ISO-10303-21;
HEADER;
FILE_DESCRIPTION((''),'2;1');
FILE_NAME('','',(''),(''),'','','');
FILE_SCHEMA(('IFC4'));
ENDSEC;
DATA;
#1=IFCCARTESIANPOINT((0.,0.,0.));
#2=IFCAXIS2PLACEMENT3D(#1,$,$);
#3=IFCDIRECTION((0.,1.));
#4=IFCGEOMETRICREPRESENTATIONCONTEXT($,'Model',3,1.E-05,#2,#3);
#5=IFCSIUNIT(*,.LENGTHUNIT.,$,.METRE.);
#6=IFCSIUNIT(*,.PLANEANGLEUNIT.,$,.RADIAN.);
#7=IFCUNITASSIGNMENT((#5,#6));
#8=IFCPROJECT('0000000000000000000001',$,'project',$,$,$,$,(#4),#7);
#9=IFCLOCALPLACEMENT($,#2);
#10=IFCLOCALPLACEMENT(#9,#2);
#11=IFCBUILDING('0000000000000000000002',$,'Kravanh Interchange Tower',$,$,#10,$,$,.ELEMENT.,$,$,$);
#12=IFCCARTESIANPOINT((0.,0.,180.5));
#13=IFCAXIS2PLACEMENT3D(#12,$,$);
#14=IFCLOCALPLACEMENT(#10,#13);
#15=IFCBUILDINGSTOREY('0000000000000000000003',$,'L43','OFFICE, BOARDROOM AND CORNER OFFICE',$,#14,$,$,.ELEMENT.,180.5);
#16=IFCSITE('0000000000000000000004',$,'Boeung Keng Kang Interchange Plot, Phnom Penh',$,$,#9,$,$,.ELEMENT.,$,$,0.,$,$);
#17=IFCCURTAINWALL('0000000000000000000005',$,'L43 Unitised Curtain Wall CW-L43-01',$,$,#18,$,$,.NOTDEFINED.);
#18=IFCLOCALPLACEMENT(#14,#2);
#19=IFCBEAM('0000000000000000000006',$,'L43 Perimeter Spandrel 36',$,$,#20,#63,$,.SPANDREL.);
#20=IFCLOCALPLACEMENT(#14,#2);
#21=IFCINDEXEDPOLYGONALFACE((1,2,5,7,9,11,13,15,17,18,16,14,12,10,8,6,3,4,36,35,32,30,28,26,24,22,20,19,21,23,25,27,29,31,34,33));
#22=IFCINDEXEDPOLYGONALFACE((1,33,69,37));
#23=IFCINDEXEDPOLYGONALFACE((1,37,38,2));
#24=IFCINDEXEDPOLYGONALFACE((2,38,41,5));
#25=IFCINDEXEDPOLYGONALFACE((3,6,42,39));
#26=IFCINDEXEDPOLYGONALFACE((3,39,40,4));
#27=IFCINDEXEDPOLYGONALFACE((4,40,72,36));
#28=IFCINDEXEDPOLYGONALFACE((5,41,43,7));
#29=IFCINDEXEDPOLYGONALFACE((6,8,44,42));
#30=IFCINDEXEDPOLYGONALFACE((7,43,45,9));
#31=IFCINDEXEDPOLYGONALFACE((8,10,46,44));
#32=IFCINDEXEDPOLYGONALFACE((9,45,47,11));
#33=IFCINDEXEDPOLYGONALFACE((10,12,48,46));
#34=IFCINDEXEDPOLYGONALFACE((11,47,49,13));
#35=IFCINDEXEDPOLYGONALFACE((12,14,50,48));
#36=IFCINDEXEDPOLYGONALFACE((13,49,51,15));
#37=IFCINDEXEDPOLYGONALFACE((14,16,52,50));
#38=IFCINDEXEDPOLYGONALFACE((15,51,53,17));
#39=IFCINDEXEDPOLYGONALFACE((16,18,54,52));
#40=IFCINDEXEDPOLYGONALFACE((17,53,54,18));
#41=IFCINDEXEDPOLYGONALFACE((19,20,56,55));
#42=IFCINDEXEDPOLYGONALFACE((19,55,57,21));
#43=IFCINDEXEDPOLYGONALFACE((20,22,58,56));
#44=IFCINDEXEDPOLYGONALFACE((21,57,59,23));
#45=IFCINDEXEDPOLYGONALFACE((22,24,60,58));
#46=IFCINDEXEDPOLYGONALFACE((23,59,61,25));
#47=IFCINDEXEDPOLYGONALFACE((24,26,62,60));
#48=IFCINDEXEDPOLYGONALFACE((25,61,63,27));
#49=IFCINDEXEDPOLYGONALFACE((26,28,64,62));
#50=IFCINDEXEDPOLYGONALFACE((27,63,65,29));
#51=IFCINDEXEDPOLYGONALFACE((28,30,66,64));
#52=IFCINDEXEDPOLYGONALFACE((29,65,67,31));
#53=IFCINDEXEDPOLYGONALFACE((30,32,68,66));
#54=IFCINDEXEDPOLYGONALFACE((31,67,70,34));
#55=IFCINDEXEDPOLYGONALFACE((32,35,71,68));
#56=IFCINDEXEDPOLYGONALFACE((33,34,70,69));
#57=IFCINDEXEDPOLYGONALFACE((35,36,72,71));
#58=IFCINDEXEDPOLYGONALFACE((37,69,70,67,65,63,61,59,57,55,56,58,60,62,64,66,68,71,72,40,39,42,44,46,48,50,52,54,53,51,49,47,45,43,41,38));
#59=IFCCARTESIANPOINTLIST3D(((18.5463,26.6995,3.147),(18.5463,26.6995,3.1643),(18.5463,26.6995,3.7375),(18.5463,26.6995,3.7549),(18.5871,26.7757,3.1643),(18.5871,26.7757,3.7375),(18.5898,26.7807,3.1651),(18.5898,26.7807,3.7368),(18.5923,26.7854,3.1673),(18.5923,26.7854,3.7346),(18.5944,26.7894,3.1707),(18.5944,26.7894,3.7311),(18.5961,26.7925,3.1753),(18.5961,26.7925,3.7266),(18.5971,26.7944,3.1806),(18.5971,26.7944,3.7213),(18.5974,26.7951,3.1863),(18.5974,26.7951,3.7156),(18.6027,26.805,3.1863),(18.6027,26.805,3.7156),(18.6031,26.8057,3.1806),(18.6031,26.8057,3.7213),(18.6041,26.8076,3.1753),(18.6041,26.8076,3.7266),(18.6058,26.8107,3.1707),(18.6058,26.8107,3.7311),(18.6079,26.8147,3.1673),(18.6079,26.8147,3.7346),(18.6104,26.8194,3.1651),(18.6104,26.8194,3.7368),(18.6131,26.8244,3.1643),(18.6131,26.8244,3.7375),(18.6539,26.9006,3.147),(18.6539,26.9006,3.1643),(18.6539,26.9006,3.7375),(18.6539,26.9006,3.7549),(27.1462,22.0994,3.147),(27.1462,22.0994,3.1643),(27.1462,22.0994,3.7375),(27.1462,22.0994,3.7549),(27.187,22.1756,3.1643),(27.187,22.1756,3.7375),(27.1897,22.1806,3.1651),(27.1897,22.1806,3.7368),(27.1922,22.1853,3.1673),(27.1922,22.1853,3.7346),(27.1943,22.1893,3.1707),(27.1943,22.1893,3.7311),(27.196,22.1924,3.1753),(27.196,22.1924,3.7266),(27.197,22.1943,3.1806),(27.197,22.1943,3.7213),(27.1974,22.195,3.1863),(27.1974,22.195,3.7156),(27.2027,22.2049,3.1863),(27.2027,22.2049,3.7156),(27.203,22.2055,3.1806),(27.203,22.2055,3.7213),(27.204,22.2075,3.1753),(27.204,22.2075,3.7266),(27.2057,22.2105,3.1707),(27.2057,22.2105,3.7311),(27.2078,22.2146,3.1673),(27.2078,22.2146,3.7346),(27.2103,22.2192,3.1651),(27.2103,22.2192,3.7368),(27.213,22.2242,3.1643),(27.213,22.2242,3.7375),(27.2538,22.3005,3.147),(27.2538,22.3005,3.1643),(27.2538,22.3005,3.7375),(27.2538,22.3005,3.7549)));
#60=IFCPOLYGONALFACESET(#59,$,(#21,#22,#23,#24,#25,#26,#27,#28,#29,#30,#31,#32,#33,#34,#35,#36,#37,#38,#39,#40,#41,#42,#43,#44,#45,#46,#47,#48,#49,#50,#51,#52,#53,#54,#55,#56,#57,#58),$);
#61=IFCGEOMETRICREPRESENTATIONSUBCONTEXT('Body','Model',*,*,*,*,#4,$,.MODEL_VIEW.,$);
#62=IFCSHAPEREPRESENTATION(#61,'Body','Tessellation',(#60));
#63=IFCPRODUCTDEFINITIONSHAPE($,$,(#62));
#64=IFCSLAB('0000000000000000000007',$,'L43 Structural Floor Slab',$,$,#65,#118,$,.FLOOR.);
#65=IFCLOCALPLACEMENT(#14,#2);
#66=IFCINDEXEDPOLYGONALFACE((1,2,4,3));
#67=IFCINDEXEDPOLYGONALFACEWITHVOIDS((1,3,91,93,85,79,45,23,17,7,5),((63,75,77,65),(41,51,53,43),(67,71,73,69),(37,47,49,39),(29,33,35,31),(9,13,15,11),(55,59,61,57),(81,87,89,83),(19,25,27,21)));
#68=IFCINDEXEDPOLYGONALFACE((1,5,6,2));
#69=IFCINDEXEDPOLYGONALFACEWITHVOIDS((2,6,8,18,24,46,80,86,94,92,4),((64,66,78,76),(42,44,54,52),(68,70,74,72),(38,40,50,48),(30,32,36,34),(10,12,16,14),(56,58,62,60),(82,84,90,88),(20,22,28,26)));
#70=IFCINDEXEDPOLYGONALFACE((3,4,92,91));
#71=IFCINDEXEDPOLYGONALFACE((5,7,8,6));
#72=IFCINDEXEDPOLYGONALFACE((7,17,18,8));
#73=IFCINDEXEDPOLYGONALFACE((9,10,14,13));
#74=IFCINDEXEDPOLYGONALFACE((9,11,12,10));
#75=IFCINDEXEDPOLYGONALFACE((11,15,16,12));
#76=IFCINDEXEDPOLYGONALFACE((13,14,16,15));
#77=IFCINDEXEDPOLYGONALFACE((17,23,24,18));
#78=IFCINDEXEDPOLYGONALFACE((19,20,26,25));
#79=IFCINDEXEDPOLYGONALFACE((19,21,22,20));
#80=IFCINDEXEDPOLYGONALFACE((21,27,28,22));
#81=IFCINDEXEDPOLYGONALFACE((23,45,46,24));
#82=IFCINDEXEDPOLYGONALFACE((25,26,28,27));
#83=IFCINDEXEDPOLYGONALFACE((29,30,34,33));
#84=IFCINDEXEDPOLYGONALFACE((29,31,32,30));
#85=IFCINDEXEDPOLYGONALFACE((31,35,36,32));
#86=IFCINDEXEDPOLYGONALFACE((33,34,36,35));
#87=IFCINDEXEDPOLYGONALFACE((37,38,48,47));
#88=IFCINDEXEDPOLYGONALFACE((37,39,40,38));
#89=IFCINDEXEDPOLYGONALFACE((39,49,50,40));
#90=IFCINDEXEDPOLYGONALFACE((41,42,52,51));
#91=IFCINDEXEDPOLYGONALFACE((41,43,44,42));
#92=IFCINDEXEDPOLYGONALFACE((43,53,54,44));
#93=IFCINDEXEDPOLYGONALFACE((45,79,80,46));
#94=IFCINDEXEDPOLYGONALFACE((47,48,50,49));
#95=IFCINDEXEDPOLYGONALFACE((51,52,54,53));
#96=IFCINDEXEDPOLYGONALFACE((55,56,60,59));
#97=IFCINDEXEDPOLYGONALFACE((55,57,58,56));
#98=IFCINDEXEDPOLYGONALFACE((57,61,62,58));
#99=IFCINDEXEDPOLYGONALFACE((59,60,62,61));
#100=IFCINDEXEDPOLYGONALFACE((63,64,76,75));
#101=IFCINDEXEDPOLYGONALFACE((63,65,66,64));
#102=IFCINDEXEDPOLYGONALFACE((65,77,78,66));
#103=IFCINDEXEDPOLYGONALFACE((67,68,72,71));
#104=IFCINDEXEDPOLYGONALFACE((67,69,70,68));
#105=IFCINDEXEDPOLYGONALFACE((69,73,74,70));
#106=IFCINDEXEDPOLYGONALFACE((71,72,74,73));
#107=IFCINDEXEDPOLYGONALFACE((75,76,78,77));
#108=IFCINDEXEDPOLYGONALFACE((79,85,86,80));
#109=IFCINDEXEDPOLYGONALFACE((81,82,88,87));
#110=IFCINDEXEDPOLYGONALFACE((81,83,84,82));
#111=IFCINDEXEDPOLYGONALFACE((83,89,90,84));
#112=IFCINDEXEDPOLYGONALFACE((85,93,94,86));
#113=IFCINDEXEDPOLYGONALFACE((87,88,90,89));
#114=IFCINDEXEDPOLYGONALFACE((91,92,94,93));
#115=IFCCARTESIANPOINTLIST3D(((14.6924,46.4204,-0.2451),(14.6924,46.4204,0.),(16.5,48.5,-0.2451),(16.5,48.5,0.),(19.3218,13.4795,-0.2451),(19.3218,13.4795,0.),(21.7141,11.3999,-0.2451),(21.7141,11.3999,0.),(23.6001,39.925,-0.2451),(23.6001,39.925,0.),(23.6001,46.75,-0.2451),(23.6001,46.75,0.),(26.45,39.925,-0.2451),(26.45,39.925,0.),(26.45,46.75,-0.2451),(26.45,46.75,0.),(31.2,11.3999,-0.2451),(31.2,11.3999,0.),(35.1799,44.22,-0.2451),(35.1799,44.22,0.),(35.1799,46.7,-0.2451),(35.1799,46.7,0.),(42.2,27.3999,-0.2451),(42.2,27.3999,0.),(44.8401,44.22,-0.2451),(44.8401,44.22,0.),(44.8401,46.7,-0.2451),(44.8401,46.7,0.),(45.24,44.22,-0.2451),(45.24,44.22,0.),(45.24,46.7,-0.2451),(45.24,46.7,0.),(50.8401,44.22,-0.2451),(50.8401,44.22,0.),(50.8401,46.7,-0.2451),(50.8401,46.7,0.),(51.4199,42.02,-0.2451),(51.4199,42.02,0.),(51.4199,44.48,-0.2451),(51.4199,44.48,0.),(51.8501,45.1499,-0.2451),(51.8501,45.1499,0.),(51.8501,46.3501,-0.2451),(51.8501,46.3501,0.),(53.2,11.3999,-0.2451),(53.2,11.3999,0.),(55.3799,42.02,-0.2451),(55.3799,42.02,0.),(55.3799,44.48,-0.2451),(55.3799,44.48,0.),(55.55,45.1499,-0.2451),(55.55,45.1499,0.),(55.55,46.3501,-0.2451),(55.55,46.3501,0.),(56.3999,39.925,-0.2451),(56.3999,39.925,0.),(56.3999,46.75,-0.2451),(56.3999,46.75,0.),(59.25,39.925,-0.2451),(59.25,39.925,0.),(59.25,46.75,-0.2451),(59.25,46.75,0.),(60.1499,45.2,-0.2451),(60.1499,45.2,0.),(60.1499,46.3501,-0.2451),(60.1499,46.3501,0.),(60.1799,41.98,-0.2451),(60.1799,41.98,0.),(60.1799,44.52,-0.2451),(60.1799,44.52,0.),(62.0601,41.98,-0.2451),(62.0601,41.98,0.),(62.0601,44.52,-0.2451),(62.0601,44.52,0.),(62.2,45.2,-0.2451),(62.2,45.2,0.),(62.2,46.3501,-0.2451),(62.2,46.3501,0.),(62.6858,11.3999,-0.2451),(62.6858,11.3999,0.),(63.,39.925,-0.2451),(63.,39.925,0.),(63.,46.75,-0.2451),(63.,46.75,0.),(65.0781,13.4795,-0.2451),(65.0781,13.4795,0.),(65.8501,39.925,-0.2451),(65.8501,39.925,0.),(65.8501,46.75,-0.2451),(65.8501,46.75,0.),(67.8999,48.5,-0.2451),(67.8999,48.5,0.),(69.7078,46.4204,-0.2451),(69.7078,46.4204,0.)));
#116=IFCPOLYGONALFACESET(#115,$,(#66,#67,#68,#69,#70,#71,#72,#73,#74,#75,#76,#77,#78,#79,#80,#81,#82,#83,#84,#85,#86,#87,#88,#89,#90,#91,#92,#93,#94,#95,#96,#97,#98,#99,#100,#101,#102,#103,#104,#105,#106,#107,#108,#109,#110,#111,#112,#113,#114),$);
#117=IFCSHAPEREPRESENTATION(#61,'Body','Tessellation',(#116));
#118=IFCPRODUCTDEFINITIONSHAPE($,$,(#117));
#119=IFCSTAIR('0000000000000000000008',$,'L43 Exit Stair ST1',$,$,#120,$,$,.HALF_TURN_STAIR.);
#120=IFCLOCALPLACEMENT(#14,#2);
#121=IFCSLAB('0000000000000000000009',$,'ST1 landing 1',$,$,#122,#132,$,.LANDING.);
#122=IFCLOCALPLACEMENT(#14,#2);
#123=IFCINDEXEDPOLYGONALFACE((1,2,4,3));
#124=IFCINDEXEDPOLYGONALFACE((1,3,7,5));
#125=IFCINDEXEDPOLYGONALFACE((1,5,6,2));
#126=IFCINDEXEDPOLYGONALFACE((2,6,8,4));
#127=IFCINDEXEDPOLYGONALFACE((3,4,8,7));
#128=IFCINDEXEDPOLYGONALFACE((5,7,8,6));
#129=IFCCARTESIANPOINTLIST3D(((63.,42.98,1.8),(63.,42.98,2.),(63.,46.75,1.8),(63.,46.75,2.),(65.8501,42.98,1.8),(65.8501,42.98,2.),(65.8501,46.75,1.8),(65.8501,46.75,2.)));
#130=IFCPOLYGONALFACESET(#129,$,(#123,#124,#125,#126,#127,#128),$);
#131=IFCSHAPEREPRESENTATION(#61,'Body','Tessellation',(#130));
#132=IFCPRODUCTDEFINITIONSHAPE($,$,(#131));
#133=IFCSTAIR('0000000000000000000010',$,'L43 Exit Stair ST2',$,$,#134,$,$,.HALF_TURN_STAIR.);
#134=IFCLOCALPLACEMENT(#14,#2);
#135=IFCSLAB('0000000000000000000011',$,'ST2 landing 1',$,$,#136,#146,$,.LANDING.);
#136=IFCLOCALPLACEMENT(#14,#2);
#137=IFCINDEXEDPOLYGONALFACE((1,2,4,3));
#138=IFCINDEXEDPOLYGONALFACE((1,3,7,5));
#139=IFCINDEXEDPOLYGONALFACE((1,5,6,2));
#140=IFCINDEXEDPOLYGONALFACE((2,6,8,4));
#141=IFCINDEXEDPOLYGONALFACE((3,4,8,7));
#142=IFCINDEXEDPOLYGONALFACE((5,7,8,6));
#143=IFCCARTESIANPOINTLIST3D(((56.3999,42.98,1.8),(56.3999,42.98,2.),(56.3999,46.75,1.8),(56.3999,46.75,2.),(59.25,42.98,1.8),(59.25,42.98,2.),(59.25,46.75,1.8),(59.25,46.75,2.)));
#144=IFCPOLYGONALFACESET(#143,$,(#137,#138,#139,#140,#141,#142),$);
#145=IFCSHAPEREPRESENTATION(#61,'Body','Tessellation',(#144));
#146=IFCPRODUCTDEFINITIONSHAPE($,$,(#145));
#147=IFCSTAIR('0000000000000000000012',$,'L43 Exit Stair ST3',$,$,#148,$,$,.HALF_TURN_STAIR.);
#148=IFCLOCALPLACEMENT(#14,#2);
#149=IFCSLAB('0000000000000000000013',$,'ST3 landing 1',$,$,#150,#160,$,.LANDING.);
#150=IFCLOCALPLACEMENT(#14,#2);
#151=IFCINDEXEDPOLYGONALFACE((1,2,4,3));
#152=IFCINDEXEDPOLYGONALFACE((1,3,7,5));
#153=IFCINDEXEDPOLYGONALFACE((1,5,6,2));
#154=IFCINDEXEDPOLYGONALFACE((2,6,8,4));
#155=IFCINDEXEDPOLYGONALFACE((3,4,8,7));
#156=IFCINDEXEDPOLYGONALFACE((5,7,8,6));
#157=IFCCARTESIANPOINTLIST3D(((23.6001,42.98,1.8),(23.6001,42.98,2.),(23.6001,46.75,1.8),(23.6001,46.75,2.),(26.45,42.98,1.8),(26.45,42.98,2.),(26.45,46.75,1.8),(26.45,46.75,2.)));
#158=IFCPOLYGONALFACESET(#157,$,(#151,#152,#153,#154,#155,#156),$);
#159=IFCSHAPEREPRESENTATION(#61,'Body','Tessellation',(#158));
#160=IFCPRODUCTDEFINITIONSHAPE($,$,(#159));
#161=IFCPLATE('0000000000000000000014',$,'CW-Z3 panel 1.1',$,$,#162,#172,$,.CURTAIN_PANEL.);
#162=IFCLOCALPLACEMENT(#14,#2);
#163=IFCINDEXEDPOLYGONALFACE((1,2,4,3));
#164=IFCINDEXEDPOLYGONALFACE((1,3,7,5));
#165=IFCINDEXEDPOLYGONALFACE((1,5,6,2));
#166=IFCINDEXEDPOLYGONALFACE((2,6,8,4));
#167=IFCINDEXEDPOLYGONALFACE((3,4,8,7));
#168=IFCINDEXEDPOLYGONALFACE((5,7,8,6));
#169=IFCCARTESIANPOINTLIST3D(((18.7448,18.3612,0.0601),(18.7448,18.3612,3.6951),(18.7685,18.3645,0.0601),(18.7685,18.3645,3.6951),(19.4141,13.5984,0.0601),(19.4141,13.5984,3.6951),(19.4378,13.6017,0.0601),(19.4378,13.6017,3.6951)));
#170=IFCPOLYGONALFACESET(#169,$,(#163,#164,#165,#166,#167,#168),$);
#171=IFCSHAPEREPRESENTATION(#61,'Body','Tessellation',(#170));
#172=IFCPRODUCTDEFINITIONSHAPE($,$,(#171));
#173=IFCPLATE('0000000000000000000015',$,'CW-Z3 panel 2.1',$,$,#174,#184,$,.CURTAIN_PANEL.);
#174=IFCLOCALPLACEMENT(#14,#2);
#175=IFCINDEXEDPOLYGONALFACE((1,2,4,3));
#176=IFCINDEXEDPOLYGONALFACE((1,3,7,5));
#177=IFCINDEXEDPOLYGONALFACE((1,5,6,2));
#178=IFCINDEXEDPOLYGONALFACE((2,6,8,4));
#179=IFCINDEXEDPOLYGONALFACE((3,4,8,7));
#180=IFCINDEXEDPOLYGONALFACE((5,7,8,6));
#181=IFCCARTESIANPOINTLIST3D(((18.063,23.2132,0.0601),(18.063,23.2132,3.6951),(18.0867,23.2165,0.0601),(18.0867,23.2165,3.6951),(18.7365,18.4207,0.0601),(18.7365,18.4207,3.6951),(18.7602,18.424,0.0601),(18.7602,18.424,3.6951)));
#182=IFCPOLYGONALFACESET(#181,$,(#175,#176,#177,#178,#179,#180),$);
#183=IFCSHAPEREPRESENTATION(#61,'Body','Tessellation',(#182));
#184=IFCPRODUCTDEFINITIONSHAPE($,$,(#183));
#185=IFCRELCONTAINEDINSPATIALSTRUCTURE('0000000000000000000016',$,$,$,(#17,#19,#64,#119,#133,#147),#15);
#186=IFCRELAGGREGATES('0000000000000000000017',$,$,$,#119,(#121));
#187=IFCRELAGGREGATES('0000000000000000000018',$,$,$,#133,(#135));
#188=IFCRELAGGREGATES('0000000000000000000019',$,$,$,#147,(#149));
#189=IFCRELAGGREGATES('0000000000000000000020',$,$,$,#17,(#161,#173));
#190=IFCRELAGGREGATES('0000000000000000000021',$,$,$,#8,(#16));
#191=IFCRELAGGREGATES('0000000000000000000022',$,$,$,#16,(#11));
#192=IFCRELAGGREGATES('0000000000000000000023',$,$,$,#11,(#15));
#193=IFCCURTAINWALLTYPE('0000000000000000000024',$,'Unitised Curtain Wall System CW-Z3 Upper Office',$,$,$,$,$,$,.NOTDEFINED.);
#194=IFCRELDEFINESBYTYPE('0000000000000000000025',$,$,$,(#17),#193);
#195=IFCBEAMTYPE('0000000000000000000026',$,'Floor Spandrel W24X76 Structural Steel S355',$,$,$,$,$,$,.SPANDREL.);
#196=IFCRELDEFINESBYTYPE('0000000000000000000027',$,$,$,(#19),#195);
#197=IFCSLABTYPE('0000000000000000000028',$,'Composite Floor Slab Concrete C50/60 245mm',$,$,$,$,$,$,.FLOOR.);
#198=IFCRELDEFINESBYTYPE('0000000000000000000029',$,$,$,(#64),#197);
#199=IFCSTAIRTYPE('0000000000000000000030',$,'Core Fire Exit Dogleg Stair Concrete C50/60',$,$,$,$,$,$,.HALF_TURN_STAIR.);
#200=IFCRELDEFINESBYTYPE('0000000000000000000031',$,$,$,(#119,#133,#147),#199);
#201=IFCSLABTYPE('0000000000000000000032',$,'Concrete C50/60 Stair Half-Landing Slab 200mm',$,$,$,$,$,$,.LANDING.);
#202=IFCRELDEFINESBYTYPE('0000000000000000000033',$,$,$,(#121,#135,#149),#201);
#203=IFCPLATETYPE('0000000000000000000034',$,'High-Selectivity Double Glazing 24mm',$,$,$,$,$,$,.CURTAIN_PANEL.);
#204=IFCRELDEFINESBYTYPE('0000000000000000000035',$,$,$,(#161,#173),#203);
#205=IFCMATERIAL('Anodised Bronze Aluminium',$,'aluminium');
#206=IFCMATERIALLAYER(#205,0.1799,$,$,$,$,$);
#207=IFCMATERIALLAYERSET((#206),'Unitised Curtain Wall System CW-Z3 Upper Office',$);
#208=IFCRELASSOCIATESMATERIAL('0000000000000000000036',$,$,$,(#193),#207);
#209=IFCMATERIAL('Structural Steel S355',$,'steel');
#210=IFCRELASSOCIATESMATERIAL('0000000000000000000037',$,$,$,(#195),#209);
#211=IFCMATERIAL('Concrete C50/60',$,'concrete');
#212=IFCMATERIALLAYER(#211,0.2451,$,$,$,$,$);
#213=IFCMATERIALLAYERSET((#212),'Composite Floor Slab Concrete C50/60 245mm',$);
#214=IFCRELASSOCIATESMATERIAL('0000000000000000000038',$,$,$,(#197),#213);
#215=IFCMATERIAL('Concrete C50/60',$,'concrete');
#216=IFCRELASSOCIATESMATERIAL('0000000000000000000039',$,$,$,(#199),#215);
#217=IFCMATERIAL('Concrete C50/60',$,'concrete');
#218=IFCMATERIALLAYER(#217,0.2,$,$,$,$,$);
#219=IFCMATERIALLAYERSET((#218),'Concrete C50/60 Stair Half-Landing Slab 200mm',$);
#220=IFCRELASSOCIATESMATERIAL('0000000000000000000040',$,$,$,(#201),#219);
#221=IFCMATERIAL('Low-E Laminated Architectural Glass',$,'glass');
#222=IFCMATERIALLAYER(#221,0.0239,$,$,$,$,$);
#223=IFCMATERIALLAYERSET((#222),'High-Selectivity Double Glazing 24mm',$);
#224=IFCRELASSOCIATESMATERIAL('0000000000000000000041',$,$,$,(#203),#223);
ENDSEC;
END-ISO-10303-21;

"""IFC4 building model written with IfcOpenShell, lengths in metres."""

from ifc_helpers import new_model, si_unit, direction, frame, origin, origin_2d, place, context, subcontext, project, spatial, polyline, rectangle, i_section, outline, extrude, material, layer, layer_set, material_profile, profile_set, type_object, element, aggregate, save


model = new_model("IFC4")

# Units and contexts
model_context = context("Model", 3, precision=1e-05, world=origin(), true_north=direction((0.0, 1.0)))
body_context = subcontext(model_context, "Body", "Model", "MODEL_VIEW")
ifc_project = project(units=[si_unit("LENGTHUNIT", "METRE"), si_unit("PLANEANGLEUNIT", "RADIAN")], contexts=[model_context])

# Site, building, storey
site_placement = place(None, origin())
site = spatial("IfcSite", under=ifc_project, at=site_placement, Name="Boeung Keng Kang Interchange Plot, Phnom Penh", CompositionType="ELEMENT", RefElevation=0.0)
building_placement = place(site_placement, origin())
building = spatial("IfcBuilding", under=site, at=building_placement, Name="Kravanh Interchange Tower", CompositionType="ELEMENT")
storey_placement = place(building_placement, frame((0.0, 0.0, 180.5)))
storey = spatial("IfcBuildingStorey", under=building, at=storey_placement, Name="L43", Description="OFFICE, BOARDROOM AND CORNER OFFICE", CompositionType="ELEMENT", Elevation=180.5)

# Curtain wall
ifc_material_1 = material(Name="Anodised Bronze Aluminium", Category="aluminium")
ifc_layer_1 = layer(ifc_material_1, 0.1799)
ifc_layer_set_1 = layer_set([ifc_layer_1], Name="Unitised Curtain Wall System CW-Z3 Upper Office")
curtain_wall_type = type_object("IfcCurtainWallType", Name="Unitised Curtain Wall System CW-Z3 Upper Office", PredefinedType="NOTDEFINED", material=ifc_layer_set_1)
curtain_wall_1_placement = place(storey_placement, origin())
curtain_wall_1 = element("IfcCurtainWall", 1, at=curtain_wall_1_placement, inside=storey, type_object=curtain_wall_type, Name="L43 Unitised Curtain Wall CW-L43-01", PredefinedType="NOTDEFINED")

# Beam
ifc_material_2 = material(Name="Structural Steel S355", Category="steel")
ifc_material_profile_1 = material_profile(ifc_material_2, i_section(OverallWidth=0.228, OverallDepth=0.6079, WebThickness=0.0112, FlangeThickness=0.0173, FilletRadius=0.022, at=origin_2d()), Name="W24X76")
ifc_profile_set_1 = profile_set([ifc_material_profile_1], Name="Structural Steel S355")
beam_type_1 = type_object("IfcBeamType", Name="Floor Spandrel W24X76 Structural Steel S355", PredefinedType="SPANDREL", material=ifc_profile_set_1)
beam_1_placement = place(storey_placement, frame((18.6001, 26.8, 3.4509), z_axis=(0.881777, -0.471666, 0.0), x_axis=(0.471666, 0.881777, 0.0)))
element("IfcBeam", 2, at=beam_1_placement, inside=storey, type_object=beam_type_1, Name="L43 Perimeter Spandrel 36", PredefinedType="SPANDREL", context=body_context, shape_type="SweptSolid", body=[
    extrude(i_section(OverallWidth=0.228, OverallDepth=0.6079, WebThickness=0.0112, FlangeThickness=0.0173, FilletRadius=0.022, at=origin_2d()), origin(), (0.0, 0.0, 1.0), 9.7529),
])

# Slab
ifc_material_3 = material(Name="Concrete C50/60", Category="concrete")
ifc_layer_2 = layer(ifc_material_3, 0.2451)
ifc_layer_set_2 = layer_set([ifc_layer_2], Name="Composite Floor Slab Concrete C50/60 245mm")
slab_type_1 = type_object("IfcSlabType", Name="Composite Floor Slab Concrete C50/60 245mm", PredefinedType="FLOOR", material=ifc_layer_set_2)
slab_1_placement = place(storey_placement, frame((0.0, 0.0, -0.2451)))
element("IfcSlab", 3, at=slab_1_placement, inside=storey, type_object=slab_type_1, Name="L43 Structural Floor Slab", PredefinedType="FLOOR", context=body_context, shape_type="SweptSolid", body=[
    extrude(outline(polyline([(19.3218, 13.4795), (21.7141, 11.3999), (31.2, 11.3999), (42.2, 27.3999), (53.2, 11.3999), (62.6858, 11.3999), (65.0781, 13.4795), (69.7078, 46.4204), (67.8999, 48.5), (16.5, 48.5), (14.6924, 46.4204), (19.3218, 13.4795)]), holes=[polyline([(65.8501, 39.925), (65.8501, 46.75), (63.0, 46.75), (63.0, 39.925), (65.8501, 39.925)]), polyline([(59.25, 39.925), (59.25, 46.75), (56.3999, 46.75), (56.3999, 39.925), (59.25, 39.925)]), polyline([(26.45, 39.925), (26.45, 46.75), (23.6001, 46.75), (23.6001, 39.925), (26.45, 39.925)]), polyline([(35.1799, 44.22), (44.8401, 44.22), (44.8401, 46.7), (35.1799, 46.7), (35.1799, 44.22)]), polyline([(45.24, 44.22), (50.8401, 44.22), (50.8401, 46.7), (45.24, 46.7), (45.24, 44.22)]), polyline([(51.4199, 42.02), (55.3799, 42.02), (55.3799, 44.48), (51.4199, 44.48), (51.4199, 42.02)]), polyline([(60.1799, 41.98), (62.0601, 41.98), (62.0601, 44.52), (60.1799, 44.52), (60.1799, 41.98)]), polyline([(60.1499, 45.2), (62.2, 45.2), (62.2, 46.3501), (60.1499, 46.3501), (60.1499, 45.2)]), polyline([(51.8501, 45.1499), (55.55, 45.1499), (55.55, 46.3501), (51.8501, 46.3501), (51.8501, 45.1499)])]), origin(), (0.0, 0.0, 1.0), 0.2451),
])

# Stairs, slabs
ifc_material_4 = material(Name="Concrete C50/60", Category="concrete")
stair_type = type_object("IfcStairType", Name="Core Fire Exit Dogleg Stair Concrete C50/60", PredefinedType="HALF_TURN_STAIR", material=ifc_material_4)
stair_1_placement = place(storey_placement, origin())
stair_1 = element("IfcStair", 4, at=stair_1_placement, inside=storey, type_object=stair_type, Name="L43 Exit Stair ST1", PredefinedType="HALF_TURN_STAIR")
ifc_material_5 = material(Name="Concrete C50/60", Category="concrete")
ifc_layer_3 = layer(ifc_material_5, 0.2)
ifc_layer_set_3 = layer_set([ifc_layer_3], Name="Concrete C50/60 Stair Half-Landing Slab 200mm")
slab_type_2 = type_object("IfcSlabType", Name="Concrete C50/60 Stair Half-Landing Slab 200mm", PredefinedType="LANDING", material=ifc_layer_set_3)
slab_2_placement = place(storey_placement, frame((0.0, 0.0, 1.8)))
slab_2 = element("IfcSlab", 5, at=slab_2_placement, type_object=slab_type_2, Name="ST1 landing 1", PredefinedType="LANDING", context=body_context, shape_type="SweptSolid", body=[
    extrude(outline(polyline([(65.8501, 42.98), (65.8501, 46.75), (63.0, 46.75), (63.0, 42.98), (65.8501, 42.98)])), origin(), (0.0, 0.0, 1.0), 0.2),
])
aggregate(stair_1, [slab_2])
stair_2_placement = place(storey_placement, origin())
stair_2 = element("IfcStair", 6, at=stair_2_placement, inside=storey, type_object=stair_type, Name="L43 Exit Stair ST2", PredefinedType="HALF_TURN_STAIR")
slab_3_placement = place(storey_placement, frame((0.0, 0.0, 1.8)))
slab_3 = element("IfcSlab", 7, at=slab_3_placement, type_object=slab_type_2, Name="ST2 landing 1", PredefinedType="LANDING", context=body_context, shape_type="SweptSolid", body=[
    extrude(outline(polyline([(59.25, 42.98), (59.25, 46.75), (56.3999, 46.75), (56.3999, 42.98), (59.25, 42.98)])), origin(), (0.0, 0.0, 1.0), 0.2),
])
aggregate(stair_2, [slab_3])
stair_3_placement = place(storey_placement, origin())
stair_3 = element("IfcStair", 8, at=stair_3_placement, inside=storey, type_object=stair_type, Name="L43 Exit Stair ST3", PredefinedType="HALF_TURN_STAIR")
slab_4_placement = place(storey_placement, frame((0.0, 0.0, 1.8)))
slab_4 = element("IfcSlab", 9, at=slab_4_placement, type_object=slab_type_2, Name="ST3 landing 1", PredefinedType="LANDING", context=body_context, shape_type="SweptSolid", body=[
    extrude(outline(polyline([(26.45, 42.98), (26.45, 46.75), (23.6001, 46.75), (23.6001, 42.98), (26.45, 42.98)])), origin(), (0.0, 0.0, 1.0), 0.2),
])
aggregate(stair_3, [slab_4])

# Plates
ifc_material_6 = material(Name="Low-E Laminated Architectural Glass", Category="glass")
ifc_layer_4 = layer(ifc_material_6, 0.0239)
ifc_layer_set_4 = layer_set([ifc_layer_4], Name="High-Selectivity Double Glazing 24mm")
plate_type = type_object("IfcPlateType", Name="High-Selectivity Double Glazing 24mm", PredefinedType="CURTAIN_PANEL", material=ifc_layer_set_4)
plate_1_placement = place(storey_placement, frame((19.0913, 15.9814, 0.0601), z_axis=(0.0, 0.0, 1.0), x_axis=(-0.139172, 0.990268, 0.0)))
plate_1 = element("IfcPlate", 10, at=plate_1_placement, type_object=plate_type, Name="CW-Z3 panel 1.1", PredefinedType="CURTAIN_PANEL", context=body_context, shape_type="SweptSolid", body=[
    extrude(rectangle(XDim=4.8096, YDim=0.0239, at=origin_2d()), origin(), (0.0, 0.0, 1.0), 3.635),
])
plate_2_placement = place(storey_placement, frame((18.4116, 20.8186, 0.0601), z_axis=(0.0, 0.0, 1.0), x_axis=(-0.139172, 0.990268, 0.0)))
plate_2 = element("IfcPlate", 11, at=plate_2_placement, type_object=plate_type, Name="CW-Z3 panel 2.1", PredefinedType="CURTAIN_PANEL", context=body_context, shape_type="SweptSolid", body=[
    extrude(rectangle(XDim=4.8396, YDim=0.0239, at=origin_2d()), origin(), (0.0, 0.0, 1.0), 3.635),
])
aggregate(curtain_wall_1, [plate_1, plate_2])

save(model, "model.ifc")
